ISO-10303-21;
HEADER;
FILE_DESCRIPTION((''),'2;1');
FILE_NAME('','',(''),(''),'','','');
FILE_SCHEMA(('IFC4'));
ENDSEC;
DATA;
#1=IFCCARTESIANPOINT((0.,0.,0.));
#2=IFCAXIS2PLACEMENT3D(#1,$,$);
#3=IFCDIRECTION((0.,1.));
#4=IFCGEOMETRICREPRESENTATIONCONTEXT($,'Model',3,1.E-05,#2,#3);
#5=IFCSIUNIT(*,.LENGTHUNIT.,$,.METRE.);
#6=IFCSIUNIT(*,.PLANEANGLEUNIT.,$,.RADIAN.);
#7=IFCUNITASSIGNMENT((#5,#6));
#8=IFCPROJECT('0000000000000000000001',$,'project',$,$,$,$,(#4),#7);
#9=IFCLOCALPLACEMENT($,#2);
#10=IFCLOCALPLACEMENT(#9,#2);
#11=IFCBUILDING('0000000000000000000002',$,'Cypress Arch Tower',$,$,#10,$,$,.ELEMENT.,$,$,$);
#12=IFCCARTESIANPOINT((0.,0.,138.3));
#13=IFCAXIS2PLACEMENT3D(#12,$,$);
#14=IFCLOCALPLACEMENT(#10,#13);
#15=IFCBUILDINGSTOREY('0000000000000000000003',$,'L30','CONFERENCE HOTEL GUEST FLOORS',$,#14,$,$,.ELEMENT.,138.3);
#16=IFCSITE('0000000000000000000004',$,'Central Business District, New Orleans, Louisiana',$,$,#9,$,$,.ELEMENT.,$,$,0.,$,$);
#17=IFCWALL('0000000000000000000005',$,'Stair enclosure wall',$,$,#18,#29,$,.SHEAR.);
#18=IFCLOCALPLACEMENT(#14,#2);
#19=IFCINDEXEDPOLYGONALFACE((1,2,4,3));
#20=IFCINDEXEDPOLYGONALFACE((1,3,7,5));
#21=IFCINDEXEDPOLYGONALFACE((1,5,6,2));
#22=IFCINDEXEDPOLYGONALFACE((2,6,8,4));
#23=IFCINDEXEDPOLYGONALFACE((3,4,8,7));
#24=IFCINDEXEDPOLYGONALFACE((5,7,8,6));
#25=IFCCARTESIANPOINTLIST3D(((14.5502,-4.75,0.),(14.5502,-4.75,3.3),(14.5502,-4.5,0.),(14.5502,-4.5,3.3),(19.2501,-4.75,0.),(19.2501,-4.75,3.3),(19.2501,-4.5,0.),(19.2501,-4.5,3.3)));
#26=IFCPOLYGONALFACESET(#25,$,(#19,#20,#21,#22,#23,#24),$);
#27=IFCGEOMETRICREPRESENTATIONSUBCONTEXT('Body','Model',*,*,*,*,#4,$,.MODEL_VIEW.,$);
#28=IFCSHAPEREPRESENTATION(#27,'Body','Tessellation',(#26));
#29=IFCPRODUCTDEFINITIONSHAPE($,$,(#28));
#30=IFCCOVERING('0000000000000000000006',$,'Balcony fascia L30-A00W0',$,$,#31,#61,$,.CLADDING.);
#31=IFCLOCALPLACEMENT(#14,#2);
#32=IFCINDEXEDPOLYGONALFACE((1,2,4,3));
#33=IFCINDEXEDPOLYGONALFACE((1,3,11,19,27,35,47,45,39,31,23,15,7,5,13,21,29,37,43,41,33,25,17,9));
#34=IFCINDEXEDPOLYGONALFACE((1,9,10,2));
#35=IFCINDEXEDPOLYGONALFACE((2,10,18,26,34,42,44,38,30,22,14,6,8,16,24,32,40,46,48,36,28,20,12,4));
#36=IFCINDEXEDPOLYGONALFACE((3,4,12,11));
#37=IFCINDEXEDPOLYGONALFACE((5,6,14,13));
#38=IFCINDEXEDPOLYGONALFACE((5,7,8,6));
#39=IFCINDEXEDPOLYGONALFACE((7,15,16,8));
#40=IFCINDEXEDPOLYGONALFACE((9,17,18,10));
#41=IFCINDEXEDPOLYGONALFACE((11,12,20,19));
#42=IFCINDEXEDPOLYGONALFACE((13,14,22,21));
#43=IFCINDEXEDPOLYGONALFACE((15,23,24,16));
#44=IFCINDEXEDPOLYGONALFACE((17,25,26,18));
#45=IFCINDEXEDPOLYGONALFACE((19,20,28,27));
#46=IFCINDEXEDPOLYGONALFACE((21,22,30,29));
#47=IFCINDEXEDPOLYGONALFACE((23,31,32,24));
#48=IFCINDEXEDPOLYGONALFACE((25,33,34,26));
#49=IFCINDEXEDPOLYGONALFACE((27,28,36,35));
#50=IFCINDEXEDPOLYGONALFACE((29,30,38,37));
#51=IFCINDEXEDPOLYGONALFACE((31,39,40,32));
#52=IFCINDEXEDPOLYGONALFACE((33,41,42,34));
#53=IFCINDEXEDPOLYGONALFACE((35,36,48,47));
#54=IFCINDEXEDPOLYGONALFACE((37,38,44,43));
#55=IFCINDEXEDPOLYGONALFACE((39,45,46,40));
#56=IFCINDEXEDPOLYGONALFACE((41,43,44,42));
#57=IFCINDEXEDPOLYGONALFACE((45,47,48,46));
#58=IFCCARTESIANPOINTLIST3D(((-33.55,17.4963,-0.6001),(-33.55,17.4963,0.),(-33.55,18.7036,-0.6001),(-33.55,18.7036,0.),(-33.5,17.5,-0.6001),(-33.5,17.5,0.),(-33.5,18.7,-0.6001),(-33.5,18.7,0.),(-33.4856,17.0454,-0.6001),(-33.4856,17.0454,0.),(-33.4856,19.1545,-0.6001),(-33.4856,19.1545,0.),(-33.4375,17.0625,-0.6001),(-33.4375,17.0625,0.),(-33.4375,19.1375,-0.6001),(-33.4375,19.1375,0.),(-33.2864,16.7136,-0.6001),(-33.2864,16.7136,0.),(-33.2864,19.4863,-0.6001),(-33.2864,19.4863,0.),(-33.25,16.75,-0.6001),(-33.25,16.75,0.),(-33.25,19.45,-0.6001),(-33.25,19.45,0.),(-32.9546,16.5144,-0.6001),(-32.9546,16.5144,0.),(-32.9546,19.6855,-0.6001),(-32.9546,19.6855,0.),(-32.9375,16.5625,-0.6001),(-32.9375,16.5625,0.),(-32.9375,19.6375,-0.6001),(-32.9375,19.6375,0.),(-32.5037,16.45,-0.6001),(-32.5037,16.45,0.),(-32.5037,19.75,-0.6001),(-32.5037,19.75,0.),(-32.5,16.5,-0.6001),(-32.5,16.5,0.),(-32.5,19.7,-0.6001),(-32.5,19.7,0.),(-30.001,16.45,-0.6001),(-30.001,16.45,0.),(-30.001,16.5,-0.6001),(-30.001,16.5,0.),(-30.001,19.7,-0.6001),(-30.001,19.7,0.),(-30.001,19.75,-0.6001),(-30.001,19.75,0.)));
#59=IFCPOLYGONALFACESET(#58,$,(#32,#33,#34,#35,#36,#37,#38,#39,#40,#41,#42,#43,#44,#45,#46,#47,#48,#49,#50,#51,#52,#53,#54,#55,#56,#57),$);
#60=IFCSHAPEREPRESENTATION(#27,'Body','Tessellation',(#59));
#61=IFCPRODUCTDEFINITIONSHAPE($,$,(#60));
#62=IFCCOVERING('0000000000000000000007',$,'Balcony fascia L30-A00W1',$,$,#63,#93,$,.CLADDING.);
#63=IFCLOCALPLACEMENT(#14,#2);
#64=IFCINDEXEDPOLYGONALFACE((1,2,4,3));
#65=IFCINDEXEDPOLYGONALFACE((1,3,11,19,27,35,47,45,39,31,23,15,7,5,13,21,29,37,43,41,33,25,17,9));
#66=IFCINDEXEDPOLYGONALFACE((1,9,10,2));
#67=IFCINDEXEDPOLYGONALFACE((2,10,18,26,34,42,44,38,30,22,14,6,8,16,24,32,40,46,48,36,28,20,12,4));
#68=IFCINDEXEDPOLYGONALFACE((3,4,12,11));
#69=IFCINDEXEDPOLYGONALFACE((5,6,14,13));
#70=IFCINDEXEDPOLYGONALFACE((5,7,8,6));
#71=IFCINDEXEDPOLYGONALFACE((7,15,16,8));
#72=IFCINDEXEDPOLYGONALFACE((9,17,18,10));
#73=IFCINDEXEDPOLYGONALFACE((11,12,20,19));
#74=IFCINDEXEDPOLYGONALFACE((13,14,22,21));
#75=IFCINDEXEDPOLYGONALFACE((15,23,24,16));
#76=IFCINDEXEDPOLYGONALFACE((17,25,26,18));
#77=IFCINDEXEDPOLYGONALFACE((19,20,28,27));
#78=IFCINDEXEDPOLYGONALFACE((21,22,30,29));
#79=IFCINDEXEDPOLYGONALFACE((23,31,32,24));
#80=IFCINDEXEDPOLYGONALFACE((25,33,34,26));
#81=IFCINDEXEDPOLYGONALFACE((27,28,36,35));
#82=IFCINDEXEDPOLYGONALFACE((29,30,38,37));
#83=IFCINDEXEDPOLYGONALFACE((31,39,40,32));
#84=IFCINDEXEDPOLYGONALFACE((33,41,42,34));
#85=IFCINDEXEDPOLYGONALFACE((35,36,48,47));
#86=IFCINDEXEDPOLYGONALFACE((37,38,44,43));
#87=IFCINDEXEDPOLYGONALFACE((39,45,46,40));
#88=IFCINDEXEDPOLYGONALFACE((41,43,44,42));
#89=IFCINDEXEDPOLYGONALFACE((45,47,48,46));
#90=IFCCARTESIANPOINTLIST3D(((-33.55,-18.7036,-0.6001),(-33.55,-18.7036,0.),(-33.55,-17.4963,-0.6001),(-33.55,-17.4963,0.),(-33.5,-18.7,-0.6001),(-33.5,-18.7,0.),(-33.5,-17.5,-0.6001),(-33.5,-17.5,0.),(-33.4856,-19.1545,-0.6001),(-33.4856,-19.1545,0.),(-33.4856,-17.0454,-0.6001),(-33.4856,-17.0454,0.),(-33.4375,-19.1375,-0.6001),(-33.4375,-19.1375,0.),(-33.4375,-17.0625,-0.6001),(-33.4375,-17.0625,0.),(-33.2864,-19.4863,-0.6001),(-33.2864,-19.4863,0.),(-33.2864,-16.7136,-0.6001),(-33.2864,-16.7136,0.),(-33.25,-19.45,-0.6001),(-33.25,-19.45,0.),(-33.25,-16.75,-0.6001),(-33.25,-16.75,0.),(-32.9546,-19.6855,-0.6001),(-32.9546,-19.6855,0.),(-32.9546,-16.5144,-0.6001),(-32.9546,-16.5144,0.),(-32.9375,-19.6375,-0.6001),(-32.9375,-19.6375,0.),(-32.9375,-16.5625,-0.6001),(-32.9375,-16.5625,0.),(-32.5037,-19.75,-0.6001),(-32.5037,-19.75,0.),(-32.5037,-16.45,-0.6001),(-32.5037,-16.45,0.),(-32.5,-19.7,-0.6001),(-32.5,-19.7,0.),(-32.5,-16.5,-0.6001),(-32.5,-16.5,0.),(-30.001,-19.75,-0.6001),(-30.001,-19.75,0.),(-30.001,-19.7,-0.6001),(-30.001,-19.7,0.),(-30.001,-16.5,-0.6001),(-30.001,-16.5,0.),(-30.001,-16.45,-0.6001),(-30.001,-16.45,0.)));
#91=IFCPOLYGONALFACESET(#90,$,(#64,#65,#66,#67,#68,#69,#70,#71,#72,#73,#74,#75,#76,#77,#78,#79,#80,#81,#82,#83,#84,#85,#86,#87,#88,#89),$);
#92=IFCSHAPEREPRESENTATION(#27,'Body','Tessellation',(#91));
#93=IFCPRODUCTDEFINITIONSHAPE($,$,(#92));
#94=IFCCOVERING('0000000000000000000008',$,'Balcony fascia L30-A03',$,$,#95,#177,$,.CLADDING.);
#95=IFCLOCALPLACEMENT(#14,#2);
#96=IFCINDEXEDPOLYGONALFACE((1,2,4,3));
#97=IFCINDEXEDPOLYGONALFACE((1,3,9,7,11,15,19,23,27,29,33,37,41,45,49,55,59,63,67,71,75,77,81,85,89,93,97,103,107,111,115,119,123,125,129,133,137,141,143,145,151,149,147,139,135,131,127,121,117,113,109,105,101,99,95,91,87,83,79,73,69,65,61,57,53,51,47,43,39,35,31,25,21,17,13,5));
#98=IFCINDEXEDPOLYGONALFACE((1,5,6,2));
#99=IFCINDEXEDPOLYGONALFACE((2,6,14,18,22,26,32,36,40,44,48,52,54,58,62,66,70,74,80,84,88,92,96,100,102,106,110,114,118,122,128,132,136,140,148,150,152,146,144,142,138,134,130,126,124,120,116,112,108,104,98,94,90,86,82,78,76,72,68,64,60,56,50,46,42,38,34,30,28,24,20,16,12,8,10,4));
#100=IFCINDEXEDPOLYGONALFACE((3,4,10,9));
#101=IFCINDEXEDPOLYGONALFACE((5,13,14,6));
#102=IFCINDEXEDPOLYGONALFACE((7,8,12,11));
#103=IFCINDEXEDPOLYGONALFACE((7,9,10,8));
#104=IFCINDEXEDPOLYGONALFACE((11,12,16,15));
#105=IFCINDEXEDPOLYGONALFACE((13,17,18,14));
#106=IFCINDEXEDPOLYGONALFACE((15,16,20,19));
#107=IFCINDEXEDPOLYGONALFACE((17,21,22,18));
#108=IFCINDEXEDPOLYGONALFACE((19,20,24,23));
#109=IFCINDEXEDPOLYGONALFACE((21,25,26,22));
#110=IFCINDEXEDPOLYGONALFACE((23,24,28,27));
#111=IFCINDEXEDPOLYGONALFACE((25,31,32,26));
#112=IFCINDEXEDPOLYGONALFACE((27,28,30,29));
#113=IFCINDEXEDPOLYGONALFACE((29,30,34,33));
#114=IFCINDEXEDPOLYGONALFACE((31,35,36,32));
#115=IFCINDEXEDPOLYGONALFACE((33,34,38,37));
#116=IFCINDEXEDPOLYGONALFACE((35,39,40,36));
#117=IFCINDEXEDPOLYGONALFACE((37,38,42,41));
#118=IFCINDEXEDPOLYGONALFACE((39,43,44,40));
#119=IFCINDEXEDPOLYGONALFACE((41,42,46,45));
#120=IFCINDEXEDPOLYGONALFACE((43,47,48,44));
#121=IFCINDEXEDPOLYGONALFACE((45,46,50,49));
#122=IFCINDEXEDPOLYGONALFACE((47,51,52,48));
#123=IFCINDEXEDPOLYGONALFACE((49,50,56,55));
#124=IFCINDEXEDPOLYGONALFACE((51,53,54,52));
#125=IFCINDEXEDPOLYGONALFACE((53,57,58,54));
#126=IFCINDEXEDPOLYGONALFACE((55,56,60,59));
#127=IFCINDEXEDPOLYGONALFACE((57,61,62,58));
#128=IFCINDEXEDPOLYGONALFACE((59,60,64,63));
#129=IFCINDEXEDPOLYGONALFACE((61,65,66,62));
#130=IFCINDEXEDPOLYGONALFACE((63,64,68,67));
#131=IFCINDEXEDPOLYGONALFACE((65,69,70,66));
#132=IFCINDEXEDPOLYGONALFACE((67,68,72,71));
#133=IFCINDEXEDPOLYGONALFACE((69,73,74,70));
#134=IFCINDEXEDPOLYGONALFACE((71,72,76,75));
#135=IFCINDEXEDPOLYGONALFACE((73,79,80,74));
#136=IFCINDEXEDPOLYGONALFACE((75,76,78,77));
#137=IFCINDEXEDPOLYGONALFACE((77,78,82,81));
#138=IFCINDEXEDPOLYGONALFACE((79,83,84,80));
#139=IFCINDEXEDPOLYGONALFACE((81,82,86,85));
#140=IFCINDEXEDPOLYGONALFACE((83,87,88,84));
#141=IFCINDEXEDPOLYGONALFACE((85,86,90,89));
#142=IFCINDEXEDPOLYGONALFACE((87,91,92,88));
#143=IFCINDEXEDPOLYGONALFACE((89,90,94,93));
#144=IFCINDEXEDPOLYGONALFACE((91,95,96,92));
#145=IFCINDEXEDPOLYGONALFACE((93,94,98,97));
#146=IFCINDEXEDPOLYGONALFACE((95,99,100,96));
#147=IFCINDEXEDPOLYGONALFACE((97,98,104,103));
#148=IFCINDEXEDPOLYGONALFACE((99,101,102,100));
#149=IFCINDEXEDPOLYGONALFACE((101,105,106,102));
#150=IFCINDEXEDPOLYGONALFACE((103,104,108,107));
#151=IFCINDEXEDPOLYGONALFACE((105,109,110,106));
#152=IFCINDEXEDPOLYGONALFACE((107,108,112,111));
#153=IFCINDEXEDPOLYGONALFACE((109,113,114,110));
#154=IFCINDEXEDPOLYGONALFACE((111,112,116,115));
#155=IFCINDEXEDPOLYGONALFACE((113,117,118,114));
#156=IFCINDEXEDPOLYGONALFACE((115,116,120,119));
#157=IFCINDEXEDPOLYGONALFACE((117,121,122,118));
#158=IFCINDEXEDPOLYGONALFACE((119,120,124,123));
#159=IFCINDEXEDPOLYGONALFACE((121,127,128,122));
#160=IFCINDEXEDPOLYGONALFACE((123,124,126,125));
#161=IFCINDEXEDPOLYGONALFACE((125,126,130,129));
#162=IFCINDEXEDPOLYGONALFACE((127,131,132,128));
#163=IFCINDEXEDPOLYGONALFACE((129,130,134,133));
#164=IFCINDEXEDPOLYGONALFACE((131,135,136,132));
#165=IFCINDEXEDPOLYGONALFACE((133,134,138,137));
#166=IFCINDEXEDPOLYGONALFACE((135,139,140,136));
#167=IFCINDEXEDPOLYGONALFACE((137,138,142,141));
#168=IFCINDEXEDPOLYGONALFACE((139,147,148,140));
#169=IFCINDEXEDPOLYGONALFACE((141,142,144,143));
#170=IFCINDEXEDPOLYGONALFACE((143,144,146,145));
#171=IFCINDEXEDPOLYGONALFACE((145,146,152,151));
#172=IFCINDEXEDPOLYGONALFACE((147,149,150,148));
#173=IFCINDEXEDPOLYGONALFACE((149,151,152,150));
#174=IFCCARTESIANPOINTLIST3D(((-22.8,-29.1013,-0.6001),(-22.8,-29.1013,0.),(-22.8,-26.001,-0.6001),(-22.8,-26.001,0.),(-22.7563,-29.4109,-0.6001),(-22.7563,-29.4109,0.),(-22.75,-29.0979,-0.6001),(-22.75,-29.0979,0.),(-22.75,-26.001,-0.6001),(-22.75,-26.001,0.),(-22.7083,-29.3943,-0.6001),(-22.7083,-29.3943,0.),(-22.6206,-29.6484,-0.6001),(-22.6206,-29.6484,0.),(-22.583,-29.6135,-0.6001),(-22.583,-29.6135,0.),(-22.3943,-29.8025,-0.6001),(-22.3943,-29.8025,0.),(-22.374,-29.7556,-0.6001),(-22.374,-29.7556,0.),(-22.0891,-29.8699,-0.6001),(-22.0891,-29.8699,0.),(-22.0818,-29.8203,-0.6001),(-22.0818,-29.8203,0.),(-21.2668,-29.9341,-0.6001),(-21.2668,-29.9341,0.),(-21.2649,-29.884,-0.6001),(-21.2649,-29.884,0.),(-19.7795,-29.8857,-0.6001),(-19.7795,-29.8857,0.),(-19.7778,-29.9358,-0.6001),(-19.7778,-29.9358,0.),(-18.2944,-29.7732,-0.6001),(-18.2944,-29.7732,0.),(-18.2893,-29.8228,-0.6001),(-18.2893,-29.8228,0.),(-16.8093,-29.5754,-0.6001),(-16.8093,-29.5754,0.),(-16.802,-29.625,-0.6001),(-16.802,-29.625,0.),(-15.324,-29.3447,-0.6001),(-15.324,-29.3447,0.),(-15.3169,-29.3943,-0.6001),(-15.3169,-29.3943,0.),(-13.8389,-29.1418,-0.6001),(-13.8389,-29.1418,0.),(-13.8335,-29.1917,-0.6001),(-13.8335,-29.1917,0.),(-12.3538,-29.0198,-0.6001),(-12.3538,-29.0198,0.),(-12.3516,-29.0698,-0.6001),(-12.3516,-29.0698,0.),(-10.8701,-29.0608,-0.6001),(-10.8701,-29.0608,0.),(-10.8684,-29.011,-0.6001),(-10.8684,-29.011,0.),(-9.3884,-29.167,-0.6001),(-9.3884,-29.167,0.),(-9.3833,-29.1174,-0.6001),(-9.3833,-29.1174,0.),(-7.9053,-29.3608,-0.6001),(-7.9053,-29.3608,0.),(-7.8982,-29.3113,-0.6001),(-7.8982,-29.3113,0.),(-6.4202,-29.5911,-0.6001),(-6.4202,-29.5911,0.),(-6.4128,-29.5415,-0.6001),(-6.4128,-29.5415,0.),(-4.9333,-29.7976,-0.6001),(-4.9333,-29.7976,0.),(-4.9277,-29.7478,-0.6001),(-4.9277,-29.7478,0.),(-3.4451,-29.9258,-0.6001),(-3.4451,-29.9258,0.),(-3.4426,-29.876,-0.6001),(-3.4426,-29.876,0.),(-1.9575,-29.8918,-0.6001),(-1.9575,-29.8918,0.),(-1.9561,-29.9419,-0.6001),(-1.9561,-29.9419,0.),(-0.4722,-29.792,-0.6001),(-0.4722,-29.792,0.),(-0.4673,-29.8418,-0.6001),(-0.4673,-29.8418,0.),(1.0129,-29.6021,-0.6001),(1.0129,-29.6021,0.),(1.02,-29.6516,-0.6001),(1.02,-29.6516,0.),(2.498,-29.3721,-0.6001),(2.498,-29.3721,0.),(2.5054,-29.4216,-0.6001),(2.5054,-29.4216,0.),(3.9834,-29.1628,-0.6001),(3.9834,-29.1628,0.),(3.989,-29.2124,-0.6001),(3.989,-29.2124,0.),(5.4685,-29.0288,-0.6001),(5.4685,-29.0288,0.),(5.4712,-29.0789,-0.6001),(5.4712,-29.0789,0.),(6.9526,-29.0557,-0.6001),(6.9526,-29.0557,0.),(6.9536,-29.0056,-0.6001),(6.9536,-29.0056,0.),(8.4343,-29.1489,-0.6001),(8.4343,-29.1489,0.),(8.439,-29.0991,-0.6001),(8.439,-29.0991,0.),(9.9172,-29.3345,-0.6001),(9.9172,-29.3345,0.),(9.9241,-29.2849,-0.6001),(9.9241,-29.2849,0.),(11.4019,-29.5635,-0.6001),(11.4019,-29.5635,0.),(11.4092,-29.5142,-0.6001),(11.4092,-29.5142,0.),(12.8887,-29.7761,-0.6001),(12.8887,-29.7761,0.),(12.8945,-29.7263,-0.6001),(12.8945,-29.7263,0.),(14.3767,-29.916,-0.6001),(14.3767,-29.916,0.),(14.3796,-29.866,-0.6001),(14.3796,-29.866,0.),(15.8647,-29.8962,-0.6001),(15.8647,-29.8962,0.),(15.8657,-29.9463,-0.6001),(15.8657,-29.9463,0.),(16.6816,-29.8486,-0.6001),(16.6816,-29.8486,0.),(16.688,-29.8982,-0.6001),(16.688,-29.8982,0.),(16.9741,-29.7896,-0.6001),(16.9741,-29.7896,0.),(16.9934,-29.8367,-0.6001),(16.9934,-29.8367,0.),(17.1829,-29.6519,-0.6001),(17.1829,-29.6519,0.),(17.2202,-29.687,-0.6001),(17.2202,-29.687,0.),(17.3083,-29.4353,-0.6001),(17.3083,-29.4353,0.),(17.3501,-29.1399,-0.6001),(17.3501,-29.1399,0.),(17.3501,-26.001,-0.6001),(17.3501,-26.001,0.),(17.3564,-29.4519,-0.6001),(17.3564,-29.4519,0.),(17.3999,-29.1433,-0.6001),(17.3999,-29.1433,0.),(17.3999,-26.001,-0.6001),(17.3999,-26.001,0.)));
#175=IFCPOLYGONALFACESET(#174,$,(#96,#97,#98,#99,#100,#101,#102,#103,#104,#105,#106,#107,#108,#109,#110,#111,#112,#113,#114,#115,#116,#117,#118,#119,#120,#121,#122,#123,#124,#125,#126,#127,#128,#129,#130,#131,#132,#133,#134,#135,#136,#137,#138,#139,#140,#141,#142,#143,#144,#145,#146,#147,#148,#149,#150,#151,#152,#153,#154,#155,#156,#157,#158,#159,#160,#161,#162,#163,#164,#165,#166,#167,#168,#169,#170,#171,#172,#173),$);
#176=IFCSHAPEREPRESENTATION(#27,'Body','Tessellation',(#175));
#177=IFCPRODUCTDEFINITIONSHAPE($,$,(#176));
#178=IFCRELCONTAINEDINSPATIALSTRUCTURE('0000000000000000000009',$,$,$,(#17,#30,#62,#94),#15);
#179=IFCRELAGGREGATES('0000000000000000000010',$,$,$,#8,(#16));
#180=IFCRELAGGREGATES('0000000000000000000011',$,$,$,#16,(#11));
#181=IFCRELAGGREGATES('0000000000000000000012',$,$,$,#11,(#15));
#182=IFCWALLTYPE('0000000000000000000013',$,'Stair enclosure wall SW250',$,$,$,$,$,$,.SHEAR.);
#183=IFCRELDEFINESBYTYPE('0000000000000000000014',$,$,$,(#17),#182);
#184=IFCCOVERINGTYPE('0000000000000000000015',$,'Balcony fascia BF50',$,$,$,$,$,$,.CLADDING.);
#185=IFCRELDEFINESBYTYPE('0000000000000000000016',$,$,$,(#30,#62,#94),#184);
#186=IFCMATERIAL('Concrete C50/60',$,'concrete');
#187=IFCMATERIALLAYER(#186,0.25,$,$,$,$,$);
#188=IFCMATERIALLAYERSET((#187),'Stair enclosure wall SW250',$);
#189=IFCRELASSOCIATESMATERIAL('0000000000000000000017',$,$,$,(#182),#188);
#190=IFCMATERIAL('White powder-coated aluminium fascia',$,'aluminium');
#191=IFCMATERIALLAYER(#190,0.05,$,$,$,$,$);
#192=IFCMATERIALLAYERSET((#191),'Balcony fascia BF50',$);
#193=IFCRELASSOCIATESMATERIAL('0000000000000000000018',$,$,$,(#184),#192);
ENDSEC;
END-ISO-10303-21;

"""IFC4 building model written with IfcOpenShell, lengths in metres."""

from ifc_helpers import new_model, si_unit, direction, frame, frame_2d, origin, place, context, subcontext, project, spatial, polyline, rectangle, outline, extrude, material, layer, layer_set, type_object, element, save


model = new_model("IFC4")

# Units and contexts
model_context = context("Model", 3, precision=1e-05, world=origin(), true_north=direction((0.0, 1.0)))
body_context = subcontext(model_context, "Body", "Model", "MODEL_VIEW")
ifc_project = project(units=[si_unit("LENGTHUNIT", "METRE"), si_unit("PLANEANGLEUNIT", "RADIAN")], contexts=[model_context])

# Site, building, storey
site_placement = place(None, origin())
site = spatial("IfcSite", under=ifc_project, at=site_placement, Name="Central Business District, New Orleans, Louisiana", CompositionType="ELEMENT", RefElevation=0.0)
building_placement = place(site_placement, origin())
building = spatial("IfcBuilding", under=site, at=building_placement, Name="Cypress Arch Tower", CompositionType="ELEMENT")
storey_placement = place(building_placement, frame((0.0, 0.0, 138.3)))
storey = spatial("IfcBuildingStorey", under=building, at=storey_placement, Name="L30", Description="CONFERENCE HOTEL GUEST FLOORS", CompositionType="ELEMENT", Elevation=138.3)

# Shared definitions
ifc_material_1 = material(Name="Concrete C50/60", Category="concrete")
ifc_layer_1 = layer(ifc_material_1, 0.25)
ifc_layer_set_1 = layer_set([ifc_layer_1], Name="Stair enclosure wall SW250")
wall_type_1 = type_object("IfcWallType", Name="Stair enclosure wall SW250", PredefinedType="SHEAR", material=ifc_layer_set_1)

# Wall
wall_1_placement = place(storey_placement, frame((14.55, -4.625, 0.0), z_axis=(0.0, 0.0, 1.0), x_axis=(1.0, 0.0, 0.0)))
element("IfcWall", 1, at=wall_1_placement, inside=storey, type_object=wall_type_1, Name="Stair enclosure wall", PredefinedType="SHEAR", context=body_context, shape_type="SweptSolid", body=[
    extrude(rectangle(XDim=4.7, YDim=0.25, at=frame_2d((2.3501, 0.0))), origin(), (0.0, 0.0, 1.0), 3.3),
])

# Coverings
ifc_material_2 = material(Name="White powder-coated aluminium fascia", Category="aluminium")
ifc_layer_2 = layer(ifc_material_2, 0.05)
ifc_layer_set_2 = layer_set([ifc_layer_2], Name="Balcony fascia BF50")
covering_type = type_object("IfcCoveringType", Name="Balcony fascia BF50", PredefinedType="CLADDING", material=ifc_layer_set_2)
covering_1_placement = place(storey_placement, frame((0.0, 0.0, -0.6001)))
element("IfcCovering", 2, at=covering_1_placement, inside=storey, type_object=covering_type, Name="Balcony fascia L30-A00W0", PredefinedType="CLADDING", context=body_context, shape_type="SweptSolid", body=[
    extrude(outline(polyline([(-32.5037, 16.45), (-32.9546, 16.5144), (-33.2864, 16.7136), (-33.4856, 17.0454), (-33.55, 17.4963), (-33.55, 18.7036), (-33.4856, 19.1545), (-33.2864, 19.4863), (-32.9546, 19.6855), (-32.5037, 19.75), (-30.001, 19.75), (-30.001, 19.7), (-32.5, 19.7), (-32.9375, 19.6375), (-33.25, 19.45), (-33.4375, 19.1375), (-33.5, 18.7), (-33.5, 17.5), (-33.4375, 17.0625), (-33.25, 16.75), (-32.9375, 16.5625), (-32.5, 16.5), (-30.001, 16.5), (-30.001, 16.45), (-32.5037, 16.45)])), origin(), (0.0, 0.0, 1.0), 0.6001),
])
covering_2_placement = place(storey_placement, frame((0.0, 0.0, -0.6001)))
element("IfcCovering", 3, at=covering_2_placement, inside=storey, type_object=covering_type, Name="Balcony fascia L30-A00W1", PredefinedType="CLADDING", context=body_context, shape_type="SweptSolid", body=[
    extrude(outline(polyline([(-32.5037, -19.75), (-32.9546, -19.6855), (-33.2864, -19.4863), (-33.4856, -19.1545), (-33.55, -18.7036), (-33.55, -17.4963), (-33.4856, -17.0454), (-33.2864, -16.7136), (-32.9546, -16.5144), (-32.5037, -16.45), (-30.001, -16.45), (-30.001, -16.5), (-32.5, -16.5), (-32.9375, -16.5625), (-33.25, -16.75), (-33.4375, -17.0625), (-33.5, -17.5), (-33.5, -18.7), (-33.4375, -19.1375), (-33.25, -19.45), (-32.9375, -19.6375), (-32.5, -19.7), (-30.001, -19.7), (-30.001, -19.75), (-32.5037, -19.75)])), origin(), (0.0, 0.0, 1.0), 0.6001),
])
covering_3_placement = place(storey_placement, frame((0.0, 0.0, -0.6001)))
element("IfcCovering", 4, at=covering_3_placement, inside=storey, type_object=covering_type, Name="Balcony fascia L30-A03", PredefinedType="CLADDING", context=body_context, shape_type="SweptSolid", body=[
    extrude(outline(polyline([(17.3999, -29.1433), (17.3564, -29.4519), (17.2202, -29.687), (16.9934, -29.8367), (16.688, -29.8982), (15.8657, -29.9463), (14.3767, -29.916), (12.8887, -29.7761), (11.4019, -29.5635), (9.9172, -29.3345), (8.4343, -29.1489), (6.9526, -29.0557), (5.4712, -29.0789), (3.989, -29.2124), (2.5054, -29.4216), (1.02, -29.6516), (-0.4673, -29.8418), (-1.9561, -29.9419), (-3.4451, -29.9258), (-4.9333, -29.7976), (-6.4202, -29.5911), (-7.9053, -29.3608), (-9.3884, -29.167), (-10.8701, -29.0608), (-12.3516, -29.0698), (-13.8335, -29.1917), (-15.3169, -29.3943), (-16.802, -29.625), (-18.2893, -29.8228), (-19.7778, -29.9358), (-21.2668, -29.9341), (-22.0891, -29.8699), (-22.3943, -29.8025), (-22.6206, -29.6484), (-22.7563, -29.4109), (-22.8, -29.1013), (-22.8, -26.001), (-22.75, -26.001), (-22.75, -29.0979), (-22.7083, -29.3943), (-22.583, -29.6135), (-22.374, -29.7556), (-22.0818, -29.8203), (-21.2649, -29.884), (-19.7795, -29.8857), (-18.2944, -29.7732), (-16.8093, -29.5754), (-15.324, -29.3447), (-13.8389, -29.1418), (-12.3538, -29.0198), (-10.8684, -29.011), (-9.3833, -29.1174), (-7.8982, -29.3113), (-6.4128, -29.5415), (-4.9277, -29.7478), (-3.4426, -29.876), (-1.9575, -29.8918), (-0.4722, -29.792), (1.0129, -29.6021), (2.498, -29.3721), (3.9834, -29.1628), (5.4685, -29.0288), (6.9536, -29.0056), (8.439, -29.0991), (9.9241, -29.2849), (11.4092, -29.5142), (12.8945, -29.7263), (14.3796, -29.866), (15.8647, -29.8962), (16.6816, -29.8486), (16.9741, -29.7896), (17.1829, -29.6519), (17.3083, -29.4353), (17.3501, -29.1399), (17.3501, -26.001), (17.3999, -26.001), (17.3999, -29.1433)])), origin(), (0.0, 0.0, 1.0), 0.6001),
])

save(model, "model.ifc")
